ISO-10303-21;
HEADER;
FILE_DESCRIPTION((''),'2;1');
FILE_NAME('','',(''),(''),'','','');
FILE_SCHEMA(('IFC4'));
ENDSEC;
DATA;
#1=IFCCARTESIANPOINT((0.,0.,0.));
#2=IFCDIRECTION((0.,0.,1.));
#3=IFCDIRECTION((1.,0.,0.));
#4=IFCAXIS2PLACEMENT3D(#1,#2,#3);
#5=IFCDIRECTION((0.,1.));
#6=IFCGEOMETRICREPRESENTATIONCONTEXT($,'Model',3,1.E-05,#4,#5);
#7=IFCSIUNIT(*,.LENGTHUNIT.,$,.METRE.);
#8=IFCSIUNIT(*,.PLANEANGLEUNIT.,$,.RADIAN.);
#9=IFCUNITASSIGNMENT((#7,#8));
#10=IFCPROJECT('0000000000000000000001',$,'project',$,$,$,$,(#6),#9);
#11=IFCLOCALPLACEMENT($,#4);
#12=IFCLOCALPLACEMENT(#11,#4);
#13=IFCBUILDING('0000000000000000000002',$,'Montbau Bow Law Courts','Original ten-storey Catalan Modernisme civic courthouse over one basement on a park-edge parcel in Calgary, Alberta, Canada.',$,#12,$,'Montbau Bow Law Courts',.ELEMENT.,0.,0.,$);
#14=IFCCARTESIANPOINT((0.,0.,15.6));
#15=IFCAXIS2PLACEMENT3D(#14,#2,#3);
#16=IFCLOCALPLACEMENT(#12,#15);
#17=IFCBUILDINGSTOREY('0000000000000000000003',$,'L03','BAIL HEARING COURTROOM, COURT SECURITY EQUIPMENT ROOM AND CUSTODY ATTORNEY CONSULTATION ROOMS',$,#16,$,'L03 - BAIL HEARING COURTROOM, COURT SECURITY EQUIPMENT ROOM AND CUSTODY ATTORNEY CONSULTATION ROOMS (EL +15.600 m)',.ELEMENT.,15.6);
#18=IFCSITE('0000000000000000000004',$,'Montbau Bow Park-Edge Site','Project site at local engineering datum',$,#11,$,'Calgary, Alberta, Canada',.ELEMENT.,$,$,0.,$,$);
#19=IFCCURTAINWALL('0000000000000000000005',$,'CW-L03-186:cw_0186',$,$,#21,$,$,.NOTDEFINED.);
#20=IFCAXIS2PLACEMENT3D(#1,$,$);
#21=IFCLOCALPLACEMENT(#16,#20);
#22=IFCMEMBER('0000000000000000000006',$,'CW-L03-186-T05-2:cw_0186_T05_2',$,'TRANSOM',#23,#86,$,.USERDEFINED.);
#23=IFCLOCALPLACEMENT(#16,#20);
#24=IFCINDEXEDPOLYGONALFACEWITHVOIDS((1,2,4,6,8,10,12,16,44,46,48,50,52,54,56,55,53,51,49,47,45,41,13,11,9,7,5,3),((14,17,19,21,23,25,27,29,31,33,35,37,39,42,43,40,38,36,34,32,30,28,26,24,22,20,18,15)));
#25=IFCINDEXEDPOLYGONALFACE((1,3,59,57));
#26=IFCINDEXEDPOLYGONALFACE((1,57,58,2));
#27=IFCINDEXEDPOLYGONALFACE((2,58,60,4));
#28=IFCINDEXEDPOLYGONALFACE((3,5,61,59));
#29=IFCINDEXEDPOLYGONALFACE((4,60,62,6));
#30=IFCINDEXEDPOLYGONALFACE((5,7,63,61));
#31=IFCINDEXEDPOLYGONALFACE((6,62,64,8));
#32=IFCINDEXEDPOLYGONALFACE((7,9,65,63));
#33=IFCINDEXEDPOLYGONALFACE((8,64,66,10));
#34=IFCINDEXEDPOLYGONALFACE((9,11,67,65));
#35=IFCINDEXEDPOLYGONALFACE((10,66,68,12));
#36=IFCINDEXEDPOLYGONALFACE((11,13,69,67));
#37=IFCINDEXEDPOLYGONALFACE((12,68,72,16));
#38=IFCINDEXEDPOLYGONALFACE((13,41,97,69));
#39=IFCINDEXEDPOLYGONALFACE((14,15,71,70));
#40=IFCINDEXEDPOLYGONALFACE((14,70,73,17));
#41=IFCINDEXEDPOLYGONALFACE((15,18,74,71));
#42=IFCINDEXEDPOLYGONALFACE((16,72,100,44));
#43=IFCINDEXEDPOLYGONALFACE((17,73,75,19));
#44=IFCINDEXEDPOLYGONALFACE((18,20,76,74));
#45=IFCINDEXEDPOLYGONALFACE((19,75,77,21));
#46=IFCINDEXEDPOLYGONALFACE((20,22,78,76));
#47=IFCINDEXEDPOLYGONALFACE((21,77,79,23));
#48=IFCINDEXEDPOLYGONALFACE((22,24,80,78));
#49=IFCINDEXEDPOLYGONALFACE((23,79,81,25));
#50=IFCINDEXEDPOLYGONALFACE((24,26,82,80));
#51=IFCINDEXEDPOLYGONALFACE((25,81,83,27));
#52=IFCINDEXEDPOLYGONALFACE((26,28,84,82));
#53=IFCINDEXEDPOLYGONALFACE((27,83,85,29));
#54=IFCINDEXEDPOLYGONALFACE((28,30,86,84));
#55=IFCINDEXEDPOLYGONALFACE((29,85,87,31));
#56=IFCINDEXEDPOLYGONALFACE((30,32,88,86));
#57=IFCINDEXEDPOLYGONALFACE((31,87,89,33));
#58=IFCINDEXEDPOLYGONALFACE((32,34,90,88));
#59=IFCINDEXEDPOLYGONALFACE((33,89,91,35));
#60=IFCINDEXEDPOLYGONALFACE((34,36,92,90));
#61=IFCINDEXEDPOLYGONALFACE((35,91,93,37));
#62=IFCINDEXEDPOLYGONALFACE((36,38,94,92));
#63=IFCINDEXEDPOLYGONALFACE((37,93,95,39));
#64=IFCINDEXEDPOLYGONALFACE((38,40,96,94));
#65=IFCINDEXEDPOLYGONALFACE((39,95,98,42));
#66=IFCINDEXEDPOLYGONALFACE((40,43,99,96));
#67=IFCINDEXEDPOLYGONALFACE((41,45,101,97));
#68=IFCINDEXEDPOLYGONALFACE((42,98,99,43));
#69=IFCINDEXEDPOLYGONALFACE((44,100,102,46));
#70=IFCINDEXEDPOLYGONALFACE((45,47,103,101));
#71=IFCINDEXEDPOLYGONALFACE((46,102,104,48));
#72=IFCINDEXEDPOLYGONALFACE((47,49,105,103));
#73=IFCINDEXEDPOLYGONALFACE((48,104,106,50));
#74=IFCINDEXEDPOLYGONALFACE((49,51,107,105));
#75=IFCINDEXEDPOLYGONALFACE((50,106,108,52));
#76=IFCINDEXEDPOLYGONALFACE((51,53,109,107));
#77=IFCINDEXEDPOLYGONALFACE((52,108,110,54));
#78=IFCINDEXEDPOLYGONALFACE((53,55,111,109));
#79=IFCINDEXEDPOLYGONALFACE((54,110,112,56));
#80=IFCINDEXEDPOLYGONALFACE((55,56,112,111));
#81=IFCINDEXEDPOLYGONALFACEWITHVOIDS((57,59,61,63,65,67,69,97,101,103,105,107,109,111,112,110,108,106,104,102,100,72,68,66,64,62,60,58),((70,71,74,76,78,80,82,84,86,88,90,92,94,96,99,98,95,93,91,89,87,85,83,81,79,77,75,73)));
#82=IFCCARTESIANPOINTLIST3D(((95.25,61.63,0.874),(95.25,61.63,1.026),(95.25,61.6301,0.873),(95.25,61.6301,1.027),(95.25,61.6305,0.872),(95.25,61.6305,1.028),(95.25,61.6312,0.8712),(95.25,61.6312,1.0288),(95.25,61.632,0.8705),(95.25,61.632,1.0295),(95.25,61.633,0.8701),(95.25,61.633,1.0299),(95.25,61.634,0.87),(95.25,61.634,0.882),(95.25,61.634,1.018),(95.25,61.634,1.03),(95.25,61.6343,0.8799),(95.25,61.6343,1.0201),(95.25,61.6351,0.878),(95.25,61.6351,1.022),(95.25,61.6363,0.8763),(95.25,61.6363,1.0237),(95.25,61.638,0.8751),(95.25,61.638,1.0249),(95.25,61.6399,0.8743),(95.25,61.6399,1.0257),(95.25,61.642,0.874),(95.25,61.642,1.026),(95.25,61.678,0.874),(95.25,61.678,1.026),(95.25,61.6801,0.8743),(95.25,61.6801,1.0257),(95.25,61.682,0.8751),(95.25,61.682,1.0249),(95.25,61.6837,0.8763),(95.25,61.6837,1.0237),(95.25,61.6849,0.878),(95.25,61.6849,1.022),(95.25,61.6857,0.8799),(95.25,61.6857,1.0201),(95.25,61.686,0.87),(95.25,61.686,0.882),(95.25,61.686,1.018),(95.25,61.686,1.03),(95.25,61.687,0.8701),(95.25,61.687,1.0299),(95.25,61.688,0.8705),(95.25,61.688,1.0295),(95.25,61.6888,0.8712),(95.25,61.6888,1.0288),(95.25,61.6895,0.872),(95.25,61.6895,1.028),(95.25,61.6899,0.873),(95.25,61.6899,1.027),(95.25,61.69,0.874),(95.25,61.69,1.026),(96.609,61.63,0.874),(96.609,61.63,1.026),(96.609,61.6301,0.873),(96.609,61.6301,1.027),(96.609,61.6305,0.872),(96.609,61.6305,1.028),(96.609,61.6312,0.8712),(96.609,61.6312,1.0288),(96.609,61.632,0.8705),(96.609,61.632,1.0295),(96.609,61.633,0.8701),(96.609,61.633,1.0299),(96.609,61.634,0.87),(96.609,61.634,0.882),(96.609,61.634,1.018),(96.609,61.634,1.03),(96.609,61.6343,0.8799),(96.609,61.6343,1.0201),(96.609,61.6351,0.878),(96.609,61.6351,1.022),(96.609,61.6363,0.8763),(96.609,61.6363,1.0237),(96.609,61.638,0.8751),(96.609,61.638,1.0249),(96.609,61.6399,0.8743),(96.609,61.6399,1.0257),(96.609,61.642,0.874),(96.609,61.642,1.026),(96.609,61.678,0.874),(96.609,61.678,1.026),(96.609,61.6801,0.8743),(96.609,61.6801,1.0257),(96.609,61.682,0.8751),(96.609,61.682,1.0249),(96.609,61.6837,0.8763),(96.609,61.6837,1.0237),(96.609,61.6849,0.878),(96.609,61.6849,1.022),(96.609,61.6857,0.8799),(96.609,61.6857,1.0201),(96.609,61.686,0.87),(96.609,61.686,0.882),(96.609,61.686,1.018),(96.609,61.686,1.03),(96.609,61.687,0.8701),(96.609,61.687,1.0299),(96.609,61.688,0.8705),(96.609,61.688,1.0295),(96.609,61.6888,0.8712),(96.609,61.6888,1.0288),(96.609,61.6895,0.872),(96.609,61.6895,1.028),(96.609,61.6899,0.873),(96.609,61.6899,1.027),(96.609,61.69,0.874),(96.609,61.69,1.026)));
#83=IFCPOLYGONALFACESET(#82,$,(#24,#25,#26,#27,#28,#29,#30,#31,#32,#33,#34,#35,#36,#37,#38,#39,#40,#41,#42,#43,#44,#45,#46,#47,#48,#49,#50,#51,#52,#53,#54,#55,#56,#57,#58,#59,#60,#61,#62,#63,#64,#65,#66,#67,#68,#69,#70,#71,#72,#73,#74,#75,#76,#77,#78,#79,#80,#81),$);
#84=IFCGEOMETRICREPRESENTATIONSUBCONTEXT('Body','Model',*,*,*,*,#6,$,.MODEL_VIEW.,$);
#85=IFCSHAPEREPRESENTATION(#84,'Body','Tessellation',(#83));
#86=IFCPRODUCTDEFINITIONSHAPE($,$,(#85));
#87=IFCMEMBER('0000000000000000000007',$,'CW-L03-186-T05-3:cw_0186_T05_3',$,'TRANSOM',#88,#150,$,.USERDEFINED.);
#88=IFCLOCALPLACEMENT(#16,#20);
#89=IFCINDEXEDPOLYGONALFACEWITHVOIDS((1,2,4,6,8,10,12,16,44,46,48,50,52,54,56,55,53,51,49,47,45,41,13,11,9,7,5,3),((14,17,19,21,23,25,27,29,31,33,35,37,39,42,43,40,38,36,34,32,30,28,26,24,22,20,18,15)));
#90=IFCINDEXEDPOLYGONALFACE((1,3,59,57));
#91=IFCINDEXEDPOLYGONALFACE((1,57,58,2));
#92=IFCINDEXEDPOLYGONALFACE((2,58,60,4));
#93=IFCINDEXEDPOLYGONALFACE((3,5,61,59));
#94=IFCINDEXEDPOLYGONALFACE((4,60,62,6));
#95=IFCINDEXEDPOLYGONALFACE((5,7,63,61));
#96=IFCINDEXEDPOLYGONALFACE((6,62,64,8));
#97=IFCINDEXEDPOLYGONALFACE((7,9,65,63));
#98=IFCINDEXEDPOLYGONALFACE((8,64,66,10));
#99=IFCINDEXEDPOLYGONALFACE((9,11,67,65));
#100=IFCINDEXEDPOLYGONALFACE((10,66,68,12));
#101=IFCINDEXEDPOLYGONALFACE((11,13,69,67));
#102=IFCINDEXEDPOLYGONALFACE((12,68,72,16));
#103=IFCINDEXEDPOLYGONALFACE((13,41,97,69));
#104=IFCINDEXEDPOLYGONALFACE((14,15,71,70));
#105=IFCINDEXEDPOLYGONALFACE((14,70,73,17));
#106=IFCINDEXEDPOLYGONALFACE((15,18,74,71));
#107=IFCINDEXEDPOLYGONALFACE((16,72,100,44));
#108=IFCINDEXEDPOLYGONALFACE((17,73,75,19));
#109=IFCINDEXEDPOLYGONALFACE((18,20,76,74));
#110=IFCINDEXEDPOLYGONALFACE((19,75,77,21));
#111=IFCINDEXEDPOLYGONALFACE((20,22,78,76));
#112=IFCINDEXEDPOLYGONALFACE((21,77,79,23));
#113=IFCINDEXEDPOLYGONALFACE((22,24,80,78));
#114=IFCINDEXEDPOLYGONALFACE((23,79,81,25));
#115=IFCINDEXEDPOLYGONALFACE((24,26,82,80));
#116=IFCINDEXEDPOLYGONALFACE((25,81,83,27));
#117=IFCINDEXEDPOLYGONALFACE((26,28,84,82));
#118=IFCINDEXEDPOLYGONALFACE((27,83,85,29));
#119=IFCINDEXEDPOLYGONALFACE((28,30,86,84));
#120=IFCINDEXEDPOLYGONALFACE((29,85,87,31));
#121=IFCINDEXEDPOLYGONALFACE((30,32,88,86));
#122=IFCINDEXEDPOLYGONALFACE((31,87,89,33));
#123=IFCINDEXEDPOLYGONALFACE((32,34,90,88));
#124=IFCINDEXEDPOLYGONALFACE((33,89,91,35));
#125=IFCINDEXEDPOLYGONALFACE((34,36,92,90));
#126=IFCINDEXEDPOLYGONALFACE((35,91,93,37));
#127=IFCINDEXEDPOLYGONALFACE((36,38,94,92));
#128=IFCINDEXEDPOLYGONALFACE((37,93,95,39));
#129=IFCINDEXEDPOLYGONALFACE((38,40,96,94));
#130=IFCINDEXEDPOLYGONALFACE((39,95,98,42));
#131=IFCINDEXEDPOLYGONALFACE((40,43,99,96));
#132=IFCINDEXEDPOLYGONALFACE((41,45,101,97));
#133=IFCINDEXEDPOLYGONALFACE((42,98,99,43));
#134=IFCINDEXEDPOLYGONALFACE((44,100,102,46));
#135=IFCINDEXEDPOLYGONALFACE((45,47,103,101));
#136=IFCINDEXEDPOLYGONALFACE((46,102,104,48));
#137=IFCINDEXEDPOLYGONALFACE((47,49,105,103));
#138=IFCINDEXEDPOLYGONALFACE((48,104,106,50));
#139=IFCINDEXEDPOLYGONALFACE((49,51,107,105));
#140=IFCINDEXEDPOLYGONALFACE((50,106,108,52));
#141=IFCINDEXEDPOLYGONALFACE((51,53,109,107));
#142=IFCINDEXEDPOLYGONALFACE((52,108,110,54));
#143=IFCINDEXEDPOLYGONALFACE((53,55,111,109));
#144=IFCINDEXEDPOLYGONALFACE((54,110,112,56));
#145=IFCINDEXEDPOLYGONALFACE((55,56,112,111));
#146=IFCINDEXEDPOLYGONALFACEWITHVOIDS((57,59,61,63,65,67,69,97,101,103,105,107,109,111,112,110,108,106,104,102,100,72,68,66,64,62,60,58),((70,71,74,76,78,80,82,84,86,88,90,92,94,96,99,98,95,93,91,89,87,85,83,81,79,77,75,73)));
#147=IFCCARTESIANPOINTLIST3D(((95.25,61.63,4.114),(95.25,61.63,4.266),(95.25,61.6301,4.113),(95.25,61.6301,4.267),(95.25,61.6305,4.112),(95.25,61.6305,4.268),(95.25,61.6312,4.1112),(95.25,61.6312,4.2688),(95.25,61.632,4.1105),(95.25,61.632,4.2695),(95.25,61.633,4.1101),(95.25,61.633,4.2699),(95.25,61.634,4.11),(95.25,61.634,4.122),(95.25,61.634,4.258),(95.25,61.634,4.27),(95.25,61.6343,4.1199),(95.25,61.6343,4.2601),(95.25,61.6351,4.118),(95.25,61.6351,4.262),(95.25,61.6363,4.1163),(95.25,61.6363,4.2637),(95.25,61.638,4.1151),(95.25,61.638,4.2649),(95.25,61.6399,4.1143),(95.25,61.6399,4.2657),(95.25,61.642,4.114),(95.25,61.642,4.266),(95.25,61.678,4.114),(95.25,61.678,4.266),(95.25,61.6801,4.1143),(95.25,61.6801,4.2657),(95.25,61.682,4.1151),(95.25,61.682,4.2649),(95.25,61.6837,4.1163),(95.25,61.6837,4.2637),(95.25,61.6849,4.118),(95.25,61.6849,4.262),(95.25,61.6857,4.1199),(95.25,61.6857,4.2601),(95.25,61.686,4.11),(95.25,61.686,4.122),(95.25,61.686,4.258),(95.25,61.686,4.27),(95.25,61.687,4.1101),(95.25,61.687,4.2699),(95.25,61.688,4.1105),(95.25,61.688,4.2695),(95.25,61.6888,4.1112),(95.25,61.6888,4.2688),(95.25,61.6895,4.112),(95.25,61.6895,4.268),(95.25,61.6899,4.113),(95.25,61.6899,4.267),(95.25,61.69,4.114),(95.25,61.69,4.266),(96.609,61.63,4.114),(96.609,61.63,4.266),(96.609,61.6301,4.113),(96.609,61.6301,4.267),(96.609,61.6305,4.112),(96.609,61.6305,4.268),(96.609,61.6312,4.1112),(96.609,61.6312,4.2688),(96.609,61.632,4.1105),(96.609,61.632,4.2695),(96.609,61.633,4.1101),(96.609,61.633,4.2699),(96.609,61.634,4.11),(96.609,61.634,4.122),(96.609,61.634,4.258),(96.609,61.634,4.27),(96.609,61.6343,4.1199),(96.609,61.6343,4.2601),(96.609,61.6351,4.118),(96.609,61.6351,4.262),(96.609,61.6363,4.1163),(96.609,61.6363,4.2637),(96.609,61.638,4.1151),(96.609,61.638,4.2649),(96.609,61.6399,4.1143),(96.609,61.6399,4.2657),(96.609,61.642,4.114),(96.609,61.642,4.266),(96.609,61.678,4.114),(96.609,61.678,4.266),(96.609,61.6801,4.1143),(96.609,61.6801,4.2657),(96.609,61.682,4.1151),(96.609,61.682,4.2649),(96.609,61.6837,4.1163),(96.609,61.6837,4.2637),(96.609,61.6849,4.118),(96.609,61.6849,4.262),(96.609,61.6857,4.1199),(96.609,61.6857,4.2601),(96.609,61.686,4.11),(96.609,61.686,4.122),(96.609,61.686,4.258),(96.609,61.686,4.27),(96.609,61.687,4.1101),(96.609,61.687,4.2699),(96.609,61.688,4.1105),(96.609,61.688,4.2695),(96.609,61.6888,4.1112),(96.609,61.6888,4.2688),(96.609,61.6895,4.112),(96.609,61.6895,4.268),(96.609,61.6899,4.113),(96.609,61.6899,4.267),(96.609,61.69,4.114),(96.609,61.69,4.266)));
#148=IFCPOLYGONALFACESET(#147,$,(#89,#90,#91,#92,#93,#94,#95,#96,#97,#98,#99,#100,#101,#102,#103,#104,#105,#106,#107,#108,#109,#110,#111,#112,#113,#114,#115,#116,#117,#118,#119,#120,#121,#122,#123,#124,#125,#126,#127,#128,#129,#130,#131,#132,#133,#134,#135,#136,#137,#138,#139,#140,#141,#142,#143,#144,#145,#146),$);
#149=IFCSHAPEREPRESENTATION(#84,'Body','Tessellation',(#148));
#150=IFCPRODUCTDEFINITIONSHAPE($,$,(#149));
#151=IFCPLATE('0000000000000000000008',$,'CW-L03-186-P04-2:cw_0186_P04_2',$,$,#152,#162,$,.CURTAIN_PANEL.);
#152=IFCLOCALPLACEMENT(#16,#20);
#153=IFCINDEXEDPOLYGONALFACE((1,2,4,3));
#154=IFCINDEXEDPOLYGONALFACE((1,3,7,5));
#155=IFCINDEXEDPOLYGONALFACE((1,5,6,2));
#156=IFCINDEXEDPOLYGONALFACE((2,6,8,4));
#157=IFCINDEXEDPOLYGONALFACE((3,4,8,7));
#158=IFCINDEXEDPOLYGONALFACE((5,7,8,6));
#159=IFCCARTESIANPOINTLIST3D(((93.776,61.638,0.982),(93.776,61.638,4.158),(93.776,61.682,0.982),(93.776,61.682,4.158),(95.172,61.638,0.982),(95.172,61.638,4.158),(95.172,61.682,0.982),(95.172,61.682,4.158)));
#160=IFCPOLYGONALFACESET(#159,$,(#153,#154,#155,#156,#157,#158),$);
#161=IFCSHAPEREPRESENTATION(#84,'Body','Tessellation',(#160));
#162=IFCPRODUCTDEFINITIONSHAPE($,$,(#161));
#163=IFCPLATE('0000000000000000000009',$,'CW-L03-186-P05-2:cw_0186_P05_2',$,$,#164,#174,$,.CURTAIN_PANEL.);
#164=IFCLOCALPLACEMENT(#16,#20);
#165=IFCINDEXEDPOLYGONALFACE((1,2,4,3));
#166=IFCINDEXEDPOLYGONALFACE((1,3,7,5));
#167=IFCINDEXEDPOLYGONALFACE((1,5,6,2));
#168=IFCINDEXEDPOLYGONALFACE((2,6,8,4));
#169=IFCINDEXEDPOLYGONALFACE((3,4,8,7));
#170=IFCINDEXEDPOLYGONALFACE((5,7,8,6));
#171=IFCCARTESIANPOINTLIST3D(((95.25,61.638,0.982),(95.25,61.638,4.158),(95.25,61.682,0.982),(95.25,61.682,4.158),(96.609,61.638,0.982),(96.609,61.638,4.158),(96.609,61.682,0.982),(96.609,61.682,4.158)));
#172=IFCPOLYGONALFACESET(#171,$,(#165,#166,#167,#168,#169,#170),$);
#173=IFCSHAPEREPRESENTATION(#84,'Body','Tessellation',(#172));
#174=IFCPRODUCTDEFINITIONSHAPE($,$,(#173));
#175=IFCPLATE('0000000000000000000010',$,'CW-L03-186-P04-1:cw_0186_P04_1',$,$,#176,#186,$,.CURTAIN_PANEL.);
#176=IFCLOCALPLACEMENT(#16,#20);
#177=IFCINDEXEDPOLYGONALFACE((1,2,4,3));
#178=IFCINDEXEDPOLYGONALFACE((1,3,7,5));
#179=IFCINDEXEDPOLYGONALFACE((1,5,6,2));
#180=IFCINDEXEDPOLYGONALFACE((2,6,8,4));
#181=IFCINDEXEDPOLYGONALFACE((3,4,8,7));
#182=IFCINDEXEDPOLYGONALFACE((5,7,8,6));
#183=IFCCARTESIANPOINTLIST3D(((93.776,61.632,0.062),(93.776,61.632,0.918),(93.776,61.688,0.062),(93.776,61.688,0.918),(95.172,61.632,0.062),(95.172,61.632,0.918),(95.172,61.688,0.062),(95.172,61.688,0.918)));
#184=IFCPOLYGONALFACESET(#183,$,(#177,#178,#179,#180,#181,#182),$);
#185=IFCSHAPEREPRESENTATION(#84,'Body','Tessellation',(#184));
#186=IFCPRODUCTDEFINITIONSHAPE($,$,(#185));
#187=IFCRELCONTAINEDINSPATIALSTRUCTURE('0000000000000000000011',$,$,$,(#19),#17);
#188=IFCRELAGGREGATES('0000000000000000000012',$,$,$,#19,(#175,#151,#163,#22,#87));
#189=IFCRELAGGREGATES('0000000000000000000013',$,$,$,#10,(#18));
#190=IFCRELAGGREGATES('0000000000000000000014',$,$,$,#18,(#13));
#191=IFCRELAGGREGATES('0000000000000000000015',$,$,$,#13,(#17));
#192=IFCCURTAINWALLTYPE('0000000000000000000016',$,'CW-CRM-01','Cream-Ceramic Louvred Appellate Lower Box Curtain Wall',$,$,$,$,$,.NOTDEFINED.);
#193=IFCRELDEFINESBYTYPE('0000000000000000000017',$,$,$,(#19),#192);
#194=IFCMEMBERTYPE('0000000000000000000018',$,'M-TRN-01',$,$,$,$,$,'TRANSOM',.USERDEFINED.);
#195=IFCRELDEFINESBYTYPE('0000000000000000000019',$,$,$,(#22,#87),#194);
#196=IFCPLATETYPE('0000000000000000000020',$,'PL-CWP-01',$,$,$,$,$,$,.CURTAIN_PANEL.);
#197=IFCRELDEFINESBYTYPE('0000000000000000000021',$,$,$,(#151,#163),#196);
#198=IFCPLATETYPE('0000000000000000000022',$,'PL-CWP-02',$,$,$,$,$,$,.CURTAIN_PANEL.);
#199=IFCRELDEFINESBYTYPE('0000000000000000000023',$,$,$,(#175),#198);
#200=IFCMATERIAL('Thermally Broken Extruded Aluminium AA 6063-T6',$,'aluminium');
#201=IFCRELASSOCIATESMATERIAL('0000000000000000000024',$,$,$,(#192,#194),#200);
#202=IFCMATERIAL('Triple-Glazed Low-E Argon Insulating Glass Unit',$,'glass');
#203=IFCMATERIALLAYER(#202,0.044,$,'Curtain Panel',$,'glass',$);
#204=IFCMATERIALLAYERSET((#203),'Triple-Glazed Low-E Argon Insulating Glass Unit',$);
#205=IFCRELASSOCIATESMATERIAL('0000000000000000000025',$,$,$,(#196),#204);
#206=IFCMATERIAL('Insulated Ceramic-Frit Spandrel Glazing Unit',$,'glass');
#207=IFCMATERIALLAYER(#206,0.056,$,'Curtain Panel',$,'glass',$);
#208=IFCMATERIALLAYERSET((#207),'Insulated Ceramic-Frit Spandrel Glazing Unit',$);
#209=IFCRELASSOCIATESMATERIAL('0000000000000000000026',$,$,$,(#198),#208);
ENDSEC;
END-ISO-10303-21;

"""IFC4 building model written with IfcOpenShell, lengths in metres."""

from ifc_helpers import new_model, si_unit, direction, frame, frame_2d, origin_with_axes, origin_2d_with_axis, place, context, subcontext, project, spatial, rectangle, hollow_rectangle, extrude, material, layer, layer_set, material_profile, profile_set, type_object, element, aggregate, save


model = new_model("IFC4")

# Units and contexts
model_context = context("Model", 3, precision=1e-05, world=origin_with_axes(), true_north=direction((0.0, 1.0)))
body_context = subcontext(model_context, "Body", "Model", "MODEL_VIEW")
ifc_project = project(units=[si_unit("LENGTHUNIT", "METRE"), si_unit("PLANEANGLEUNIT", "RADIAN")], contexts=[model_context])

# Site, building, storey
site_placement = place(None, origin_with_axes())
site = spatial("IfcSite", under=ifc_project, at=site_placement, Name="Montbau Bow Park-Edge Site", Description="Project site at local engineering datum", LongName="Calgary, Alberta, Canada", CompositionType="ELEMENT", RefElevation=0.0)
building_placement = place(site_placement, origin_with_axes())
building = spatial("IfcBuilding", under=site, at=building_placement, Name="Montbau Bow Law Courts", Description="Original ten-storey Catalan Modernisme civic courthouse over one basement on a park-edge parcel in Calgary, Alberta, Canada.", LongName="Montbau Bow Law Courts", CompositionType="ELEMENT", ElevationOfRefHeight=0.0, ElevationOfTerrain=0.0)
storey_placement = place(building_placement, frame((0.0, 0.0, 15.6), z_axis=(0.0, 0.0, 1.0), x_axis=(1.0, 0.0, 0.0)))
storey = spatial("IfcBuildingStorey", under=building, at=storey_placement, Name="L03", Description="BAIL HEARING COURTROOM, COURT SECURITY EQUIPMENT ROOM AND CUSTODY ATTORNEY CONSULTATION ROOMS", LongName="L03 - BAIL HEARING COURTROOM, COURT SECURITY EQUIPMENT ROOM AND CUSTODY ATTORNEY CONSULTATION ROOMS (EL +15.600 m)", CompositionType="ELEMENT", Elevation=15.6)

# Curtain wall
ifc_material_1 = material(Name="Thermally Broken Extruded Aluminium AA 6063-T6", Category="aluminium")
curtain_wall_type = type_object("IfcCurtainWallType", Name="CW-CRM-01", Description="Cream-Ceramic Louvred Appellate Lower Box Curtain Wall", PredefinedType="NOTDEFINED", material=ifc_material_1)
curtain_wall_1_placement = place(None, frame((89.315, 61.66, 15.6), z_axis=(0.0, 0.0, 1.0), x_axis=(1.0, 0.0, 0.0)))
curtain_wall_1 = element("IfcCurtainWall", 1, at=curtain_wall_1_placement, inside=storey, type_object=curtain_wall_type, Name="CW-L03-186:cw_0186", PredefinedType="NOTDEFINED")

# Members
ifc_material_profile_1 = material_profile(ifc_material_1, hollow_rectangle(XDim=0.06, YDim=0.16, WallThickness=0.004, InnerFilletRadius=0.008, OuterFilletRadius=0.004, at=origin_2d_with_axis()), Name="CWT-160X60", Category="Main", Priority=0)
ifc_profile_set_1 = profile_set([ifc_material_profile_1], Name="Thermally Broken Extruded Aluminium AA 6063-T6")
member_type_1 = type_object("IfcMemberType", Name="M-TRN-01", ElementType="TRANSOM", PredefinedType="USERDEFINED", material=ifc_profile_set_1)
member_1_placement = place(None, frame((95.25, 61.66, 16.55), z_axis=(1.0, 0.0, 0.0), x_axis=(0.0, 1.0, 0.0)))
member_1 = element("IfcMember", 2, at=member_1_placement, type_object=member_type_1, Name="CW-L03-186-T05-2:cw_0186_T05_2", ObjectType="TRANSOM", PredefinedType="USERDEFINED", context=body_context, shape_type="SweptSolid", body=[
    extrude(hollow_rectangle(XDim=0.06, YDim=0.16, WallThickness=0.004, InnerFilletRadius=0.008, OuterFilletRadius=0.004, at=origin_2d_with_axis()), origin_with_axes(), (0.0, 0.0, 1.0), 1.359),
])
member_2_placement = place(None, frame((95.25, 61.66, 19.79), z_axis=(1.0, 0.0, 0.0), x_axis=(0.0, 1.0, 0.0)))
member_2 = element("IfcMember", 3, at=member_2_placement, type_object=member_type_1, Name="CW-L03-186-T05-3:cw_0186_T05_3", ObjectType="TRANSOM", PredefinedType="USERDEFINED", context=body_context, shape_type="SweptSolid", body=[
    extrude(hollow_rectangle(XDim=0.06, YDim=0.16, WallThickness=0.004, InnerFilletRadius=0.008, OuterFilletRadius=0.004, at=origin_2d_with_axis()), origin_with_axes(), (0.0, 0.0, 1.0), 1.359),
])

# Plates
ifc_material_2 = material(Name="Triple-Glazed Low-E Argon Insulating Glass Unit", Category="glass")
ifc_layer_1 = layer(ifc_material_2, 0.044, Name="Curtain Panel", Category="glass")
ifc_layer_set_1 = layer_set([ifc_layer_1], Name="Triple-Glazed Low-E Argon Insulating Glass Unit")
plate_type_1 = type_object("IfcPlateType", Name="PL-CWP-01", PredefinedType="CURTAIN_PANEL", material=ifc_layer_set_1)
plate_1_placement = place(None, frame((93.776, 61.66, 16.582), z_axis=(0.0, -1.0, 0.0), x_axis=(1.0, 0.0, 0.0)))
plate_1 = element("IfcPlate", 4, at=plate_1_placement, type_object=plate_type_1, Name="CW-L03-186-P04-2:cw_0186_P04_2", PredefinedType="CURTAIN_PANEL", context=body_context, shape_type="SweptSolid", body=[
    extrude(rectangle(XDim=1.396, YDim=3.176, at=frame_2d((0.698, 1.588), x_axis=(1.0, 0.0))), frame((0.0, 0.0, -0.022), z_axis=(0.0, 0.0, 1.0), x_axis=(1.0, 0.0, 0.0)), (0.0, 0.0, 1.0), 0.044),
])
plate_2_placement = place(None, frame((95.25, 61.66, 16.582), z_axis=(0.0, -1.0, 0.0), x_axis=(1.0, 0.0, 0.0)))
plate_2 = element("IfcPlate", 5, at=plate_2_placement, type_object=plate_type_1, Name="CW-L03-186-P05-2:cw_0186_P05_2", PredefinedType="CURTAIN_PANEL", context=body_context, shape_type="SweptSolid", body=[
    extrude(rectangle(XDim=1.359, YDim=3.176, at=frame_2d((0.6795, 1.588), x_axis=(1.0, 0.0))), frame((0.0, 0.0, -0.022), z_axis=(0.0, 0.0, 1.0), x_axis=(1.0, 0.0, 0.0)), (0.0, 0.0, 1.0), 0.044),
])
ifc_material_3 = material(Name="Insulated Ceramic-Frit Spandrel Glazing Unit", Category="glass")
ifc_layer_2 = layer(ifc_material_3, 0.056, Name="Curtain Panel", Category="glass")
ifc_layer_set_2 = layer_set([ifc_layer_2], Name="Insulated Ceramic-Frit Spandrel Glazing Unit")
plate_type_2 = type_object("IfcPlateType", Name="PL-CWP-02", PredefinedType="CURTAIN_PANEL", material=ifc_layer_set_2)
plate_3_placement = place(None, frame((93.776, 61.66, 15.662), z_axis=(0.0, -1.0, 0.0), x_axis=(1.0, 0.0, 0.0)))
plate_3 = element("IfcPlate", 6, at=plate_3_placement, type_object=plate_type_2, Name="CW-L03-186-P04-1:cw_0186_P04_1", PredefinedType="CURTAIN_PANEL", context=body_context, shape_type="SweptSolid", body=[
    extrude(rectangle(XDim=1.396, YDim=0.856, at=frame_2d((0.698, 0.428), x_axis=(1.0, 0.0))), frame((0.0, 0.0, -0.028), z_axis=(0.0, 0.0, 1.0), x_axis=(1.0, 0.0, 0.0)), (0.0, 0.0, 1.0), 0.056),
])
aggregate(curtain_wall_1, [plate_3, plate_1, plate_2, member_1, member_2])

save(model, "model.ifc")
